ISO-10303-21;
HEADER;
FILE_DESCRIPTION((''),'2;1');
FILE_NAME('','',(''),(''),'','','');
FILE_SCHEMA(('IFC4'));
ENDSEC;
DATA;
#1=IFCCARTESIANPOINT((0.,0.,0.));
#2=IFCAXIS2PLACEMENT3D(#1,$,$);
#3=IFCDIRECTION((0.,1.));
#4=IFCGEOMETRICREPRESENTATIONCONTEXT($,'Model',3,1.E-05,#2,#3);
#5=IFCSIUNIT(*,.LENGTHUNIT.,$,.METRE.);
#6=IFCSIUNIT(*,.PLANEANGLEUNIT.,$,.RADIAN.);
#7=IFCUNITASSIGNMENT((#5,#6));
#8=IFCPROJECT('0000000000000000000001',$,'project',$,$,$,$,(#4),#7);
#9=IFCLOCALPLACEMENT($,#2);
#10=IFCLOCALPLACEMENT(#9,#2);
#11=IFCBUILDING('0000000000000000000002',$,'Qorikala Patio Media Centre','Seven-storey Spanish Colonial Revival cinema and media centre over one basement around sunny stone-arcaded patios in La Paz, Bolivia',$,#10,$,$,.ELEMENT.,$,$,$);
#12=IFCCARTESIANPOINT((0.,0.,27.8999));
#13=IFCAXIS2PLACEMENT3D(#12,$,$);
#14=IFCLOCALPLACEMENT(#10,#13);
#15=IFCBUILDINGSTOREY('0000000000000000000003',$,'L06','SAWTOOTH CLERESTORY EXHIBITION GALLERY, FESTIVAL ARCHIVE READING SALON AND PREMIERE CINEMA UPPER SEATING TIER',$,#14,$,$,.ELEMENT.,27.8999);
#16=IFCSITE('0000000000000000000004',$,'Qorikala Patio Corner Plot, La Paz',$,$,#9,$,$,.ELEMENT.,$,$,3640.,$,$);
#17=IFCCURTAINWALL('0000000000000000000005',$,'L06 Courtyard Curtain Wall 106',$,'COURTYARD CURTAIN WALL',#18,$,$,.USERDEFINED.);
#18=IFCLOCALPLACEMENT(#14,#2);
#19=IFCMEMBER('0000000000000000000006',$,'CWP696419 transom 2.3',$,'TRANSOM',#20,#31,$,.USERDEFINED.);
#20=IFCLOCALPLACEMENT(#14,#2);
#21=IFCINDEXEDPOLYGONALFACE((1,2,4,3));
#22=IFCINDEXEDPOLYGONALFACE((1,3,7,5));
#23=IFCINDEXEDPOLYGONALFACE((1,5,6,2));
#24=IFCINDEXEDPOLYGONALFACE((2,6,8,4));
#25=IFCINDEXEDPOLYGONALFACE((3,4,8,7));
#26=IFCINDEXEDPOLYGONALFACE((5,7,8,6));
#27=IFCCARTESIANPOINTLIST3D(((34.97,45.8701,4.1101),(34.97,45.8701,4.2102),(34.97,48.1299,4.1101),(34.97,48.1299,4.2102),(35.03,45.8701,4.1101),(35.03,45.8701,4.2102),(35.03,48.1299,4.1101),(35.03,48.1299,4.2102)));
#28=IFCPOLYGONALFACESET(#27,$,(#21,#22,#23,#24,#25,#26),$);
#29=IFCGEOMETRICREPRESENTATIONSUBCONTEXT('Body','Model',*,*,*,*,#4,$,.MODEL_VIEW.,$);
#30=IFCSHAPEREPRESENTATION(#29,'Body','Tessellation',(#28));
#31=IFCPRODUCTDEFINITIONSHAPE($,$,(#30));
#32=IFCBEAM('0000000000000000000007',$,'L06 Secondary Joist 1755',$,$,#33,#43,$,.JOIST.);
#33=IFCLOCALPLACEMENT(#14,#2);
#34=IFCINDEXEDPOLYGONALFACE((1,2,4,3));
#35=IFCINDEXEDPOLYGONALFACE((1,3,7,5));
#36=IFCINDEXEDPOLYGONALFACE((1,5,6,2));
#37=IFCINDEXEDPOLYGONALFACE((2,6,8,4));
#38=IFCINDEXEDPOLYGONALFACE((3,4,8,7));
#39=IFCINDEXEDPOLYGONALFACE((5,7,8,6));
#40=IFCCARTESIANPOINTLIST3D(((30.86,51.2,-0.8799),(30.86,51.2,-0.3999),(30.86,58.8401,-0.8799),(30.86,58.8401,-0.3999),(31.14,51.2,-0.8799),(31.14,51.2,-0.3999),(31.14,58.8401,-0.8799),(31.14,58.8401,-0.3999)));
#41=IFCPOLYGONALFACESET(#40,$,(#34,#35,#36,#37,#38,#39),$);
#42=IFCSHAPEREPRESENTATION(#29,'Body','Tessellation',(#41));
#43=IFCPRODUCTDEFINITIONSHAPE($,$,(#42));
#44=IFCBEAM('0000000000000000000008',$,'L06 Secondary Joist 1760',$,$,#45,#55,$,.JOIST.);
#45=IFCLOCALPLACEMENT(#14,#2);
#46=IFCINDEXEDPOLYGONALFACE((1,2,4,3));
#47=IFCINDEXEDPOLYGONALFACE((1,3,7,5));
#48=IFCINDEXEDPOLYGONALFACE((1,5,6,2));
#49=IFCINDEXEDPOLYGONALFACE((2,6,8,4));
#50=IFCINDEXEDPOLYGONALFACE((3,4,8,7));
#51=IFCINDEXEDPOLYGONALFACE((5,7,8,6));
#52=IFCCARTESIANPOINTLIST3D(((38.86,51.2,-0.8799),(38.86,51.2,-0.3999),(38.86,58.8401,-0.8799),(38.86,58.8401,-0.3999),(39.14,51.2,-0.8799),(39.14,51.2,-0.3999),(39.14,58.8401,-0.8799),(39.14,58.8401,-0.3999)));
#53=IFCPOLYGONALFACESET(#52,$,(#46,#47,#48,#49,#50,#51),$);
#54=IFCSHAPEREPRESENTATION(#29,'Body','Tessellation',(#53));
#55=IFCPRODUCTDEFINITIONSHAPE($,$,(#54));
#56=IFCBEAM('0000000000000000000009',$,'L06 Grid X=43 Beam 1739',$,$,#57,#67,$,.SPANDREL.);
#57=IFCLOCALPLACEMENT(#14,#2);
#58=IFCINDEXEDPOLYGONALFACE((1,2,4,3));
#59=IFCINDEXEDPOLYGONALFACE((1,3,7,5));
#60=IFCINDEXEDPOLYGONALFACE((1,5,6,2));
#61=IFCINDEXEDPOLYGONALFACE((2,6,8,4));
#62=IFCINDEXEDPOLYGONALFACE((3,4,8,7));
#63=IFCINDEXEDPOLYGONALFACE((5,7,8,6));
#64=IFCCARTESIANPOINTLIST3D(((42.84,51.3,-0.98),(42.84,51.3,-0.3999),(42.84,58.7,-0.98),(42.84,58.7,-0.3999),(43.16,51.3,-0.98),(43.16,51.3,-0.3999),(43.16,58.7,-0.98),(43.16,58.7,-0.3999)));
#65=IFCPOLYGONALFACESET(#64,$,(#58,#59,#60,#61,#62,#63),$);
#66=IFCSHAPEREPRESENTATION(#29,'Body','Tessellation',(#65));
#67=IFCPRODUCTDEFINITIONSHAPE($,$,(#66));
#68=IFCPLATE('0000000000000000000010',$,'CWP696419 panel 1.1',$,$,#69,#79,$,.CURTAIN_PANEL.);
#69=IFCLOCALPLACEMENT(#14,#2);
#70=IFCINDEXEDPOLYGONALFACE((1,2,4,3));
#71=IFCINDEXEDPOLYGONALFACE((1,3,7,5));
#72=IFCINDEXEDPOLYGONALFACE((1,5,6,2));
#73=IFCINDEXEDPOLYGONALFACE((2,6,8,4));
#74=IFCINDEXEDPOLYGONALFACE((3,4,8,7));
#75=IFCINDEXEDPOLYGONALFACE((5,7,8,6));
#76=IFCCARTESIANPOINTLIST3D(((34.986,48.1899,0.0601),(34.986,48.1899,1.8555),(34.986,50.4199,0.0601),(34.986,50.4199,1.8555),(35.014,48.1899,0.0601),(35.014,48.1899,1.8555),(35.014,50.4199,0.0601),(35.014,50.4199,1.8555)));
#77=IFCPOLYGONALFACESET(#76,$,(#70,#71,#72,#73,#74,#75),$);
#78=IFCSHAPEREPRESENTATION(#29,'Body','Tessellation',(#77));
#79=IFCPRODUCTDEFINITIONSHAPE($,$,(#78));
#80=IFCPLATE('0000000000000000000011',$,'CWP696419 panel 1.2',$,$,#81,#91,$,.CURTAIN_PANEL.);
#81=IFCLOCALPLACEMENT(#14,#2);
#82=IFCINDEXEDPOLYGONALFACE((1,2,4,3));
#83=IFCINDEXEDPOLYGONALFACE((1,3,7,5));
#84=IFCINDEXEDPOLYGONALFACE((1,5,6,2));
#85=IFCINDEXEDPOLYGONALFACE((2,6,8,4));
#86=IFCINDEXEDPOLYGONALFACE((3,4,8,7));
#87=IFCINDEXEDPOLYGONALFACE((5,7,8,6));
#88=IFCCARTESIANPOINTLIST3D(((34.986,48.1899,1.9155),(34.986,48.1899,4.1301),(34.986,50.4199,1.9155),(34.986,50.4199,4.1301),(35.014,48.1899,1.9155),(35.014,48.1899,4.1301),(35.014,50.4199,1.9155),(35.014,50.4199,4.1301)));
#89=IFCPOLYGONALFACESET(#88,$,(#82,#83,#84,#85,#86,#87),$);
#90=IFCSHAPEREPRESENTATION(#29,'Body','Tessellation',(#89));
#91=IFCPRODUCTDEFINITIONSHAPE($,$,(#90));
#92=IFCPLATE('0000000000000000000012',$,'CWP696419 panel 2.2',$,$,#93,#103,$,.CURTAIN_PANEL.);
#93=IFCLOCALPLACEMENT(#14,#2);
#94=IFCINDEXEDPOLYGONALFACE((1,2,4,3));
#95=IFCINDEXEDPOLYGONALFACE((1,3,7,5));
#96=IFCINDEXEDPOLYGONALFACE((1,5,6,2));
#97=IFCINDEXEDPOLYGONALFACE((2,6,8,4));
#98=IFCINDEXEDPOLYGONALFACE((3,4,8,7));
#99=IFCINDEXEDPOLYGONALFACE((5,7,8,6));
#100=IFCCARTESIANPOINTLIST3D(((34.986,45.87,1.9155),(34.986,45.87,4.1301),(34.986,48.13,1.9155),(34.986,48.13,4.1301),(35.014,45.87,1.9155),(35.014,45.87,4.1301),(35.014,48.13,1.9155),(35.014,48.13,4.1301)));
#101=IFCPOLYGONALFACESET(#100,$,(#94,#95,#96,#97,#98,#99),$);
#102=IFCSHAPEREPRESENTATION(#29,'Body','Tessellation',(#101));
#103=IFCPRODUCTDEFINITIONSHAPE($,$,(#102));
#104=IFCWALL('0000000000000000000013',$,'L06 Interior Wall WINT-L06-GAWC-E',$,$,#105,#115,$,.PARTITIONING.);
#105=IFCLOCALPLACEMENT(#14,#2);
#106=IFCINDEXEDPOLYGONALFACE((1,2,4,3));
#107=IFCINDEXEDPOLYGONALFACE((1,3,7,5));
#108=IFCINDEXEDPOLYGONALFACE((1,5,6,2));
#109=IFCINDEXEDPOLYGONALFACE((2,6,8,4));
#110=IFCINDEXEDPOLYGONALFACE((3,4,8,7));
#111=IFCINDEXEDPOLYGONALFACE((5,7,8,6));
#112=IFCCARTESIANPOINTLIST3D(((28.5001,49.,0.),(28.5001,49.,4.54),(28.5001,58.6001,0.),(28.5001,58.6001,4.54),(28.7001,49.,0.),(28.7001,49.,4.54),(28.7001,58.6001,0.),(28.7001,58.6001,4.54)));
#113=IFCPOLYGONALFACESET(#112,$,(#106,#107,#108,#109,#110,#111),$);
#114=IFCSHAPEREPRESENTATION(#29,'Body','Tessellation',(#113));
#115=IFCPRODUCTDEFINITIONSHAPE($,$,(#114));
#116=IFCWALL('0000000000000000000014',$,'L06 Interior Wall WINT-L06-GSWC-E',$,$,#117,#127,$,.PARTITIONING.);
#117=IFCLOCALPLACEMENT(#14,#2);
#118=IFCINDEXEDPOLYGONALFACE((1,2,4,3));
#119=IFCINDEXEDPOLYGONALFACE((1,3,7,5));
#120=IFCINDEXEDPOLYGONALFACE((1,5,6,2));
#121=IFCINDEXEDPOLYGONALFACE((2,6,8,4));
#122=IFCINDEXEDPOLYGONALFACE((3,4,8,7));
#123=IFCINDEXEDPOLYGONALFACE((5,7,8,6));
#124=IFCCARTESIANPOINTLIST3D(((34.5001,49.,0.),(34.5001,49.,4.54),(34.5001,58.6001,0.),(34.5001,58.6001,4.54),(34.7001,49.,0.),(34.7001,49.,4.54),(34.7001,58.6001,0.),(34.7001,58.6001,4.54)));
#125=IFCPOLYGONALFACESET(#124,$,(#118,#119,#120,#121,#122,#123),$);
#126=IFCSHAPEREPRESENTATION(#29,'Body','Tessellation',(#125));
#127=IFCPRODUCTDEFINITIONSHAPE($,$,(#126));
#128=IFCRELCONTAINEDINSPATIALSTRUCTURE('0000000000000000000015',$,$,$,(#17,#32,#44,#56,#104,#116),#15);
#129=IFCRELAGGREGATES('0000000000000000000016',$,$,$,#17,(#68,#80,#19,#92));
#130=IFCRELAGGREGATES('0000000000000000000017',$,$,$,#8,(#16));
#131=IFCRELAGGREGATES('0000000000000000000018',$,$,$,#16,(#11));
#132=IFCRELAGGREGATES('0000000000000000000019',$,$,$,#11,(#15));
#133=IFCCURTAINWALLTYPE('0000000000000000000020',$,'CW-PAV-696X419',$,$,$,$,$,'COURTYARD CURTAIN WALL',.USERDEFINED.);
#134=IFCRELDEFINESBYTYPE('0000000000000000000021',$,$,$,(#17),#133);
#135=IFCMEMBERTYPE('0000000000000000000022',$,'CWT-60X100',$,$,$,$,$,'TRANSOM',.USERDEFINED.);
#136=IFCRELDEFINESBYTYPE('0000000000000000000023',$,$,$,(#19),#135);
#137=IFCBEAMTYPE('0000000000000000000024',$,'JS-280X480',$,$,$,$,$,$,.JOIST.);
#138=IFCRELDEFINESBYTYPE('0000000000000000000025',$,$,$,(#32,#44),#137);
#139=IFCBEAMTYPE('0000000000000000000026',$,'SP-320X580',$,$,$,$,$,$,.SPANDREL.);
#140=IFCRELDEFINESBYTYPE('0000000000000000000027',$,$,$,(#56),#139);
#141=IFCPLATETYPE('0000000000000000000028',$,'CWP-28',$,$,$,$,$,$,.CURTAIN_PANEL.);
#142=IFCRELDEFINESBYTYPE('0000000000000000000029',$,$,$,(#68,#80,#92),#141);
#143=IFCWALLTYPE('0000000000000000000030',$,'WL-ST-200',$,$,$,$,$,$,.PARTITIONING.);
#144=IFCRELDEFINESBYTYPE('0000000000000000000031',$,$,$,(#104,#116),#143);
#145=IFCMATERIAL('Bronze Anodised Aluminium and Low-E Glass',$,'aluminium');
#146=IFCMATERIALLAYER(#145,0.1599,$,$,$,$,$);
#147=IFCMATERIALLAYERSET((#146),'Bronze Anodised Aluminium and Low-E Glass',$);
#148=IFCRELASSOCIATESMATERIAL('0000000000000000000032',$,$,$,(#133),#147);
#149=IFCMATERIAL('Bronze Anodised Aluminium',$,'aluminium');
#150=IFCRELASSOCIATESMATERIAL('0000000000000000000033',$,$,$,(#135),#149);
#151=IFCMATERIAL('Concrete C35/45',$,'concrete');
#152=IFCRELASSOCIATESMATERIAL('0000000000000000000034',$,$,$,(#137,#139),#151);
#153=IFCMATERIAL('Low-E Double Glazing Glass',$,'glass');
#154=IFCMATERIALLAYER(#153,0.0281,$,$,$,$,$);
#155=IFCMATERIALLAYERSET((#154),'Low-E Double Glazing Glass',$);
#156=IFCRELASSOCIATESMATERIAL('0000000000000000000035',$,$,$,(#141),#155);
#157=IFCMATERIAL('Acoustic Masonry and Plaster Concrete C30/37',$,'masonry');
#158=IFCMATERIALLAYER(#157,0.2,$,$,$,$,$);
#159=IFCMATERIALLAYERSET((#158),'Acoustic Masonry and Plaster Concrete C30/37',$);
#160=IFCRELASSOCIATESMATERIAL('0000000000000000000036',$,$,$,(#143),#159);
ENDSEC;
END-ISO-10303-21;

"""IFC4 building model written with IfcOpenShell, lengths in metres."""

from ifc_helpers import new_model, si_unit, direction, frame, frame_2d, origin, origin_2d, place, context, subcontext, project, spatial, rectangle, extrude, material, layer, layer_set, material_profile, profile_set, type_object, element, aggregate, save


model = new_model("IFC4")

# Units and contexts
model_context = context("Model", 3, precision=1e-05, world=origin(), true_north=direction((0.0, 1.0)))
body_context = subcontext(model_context, "Body", "Model", "MODEL_VIEW")
ifc_project = project(units=[si_unit("LENGTHUNIT", "METRE"), si_unit("PLANEANGLEUNIT", "RADIAN")], contexts=[model_context])

# Site, building, storey
site_placement = place(None, origin())
site = spatial("IfcSite", under=ifc_project, at=site_placement, Name="Qorikala Patio Corner Plot, La Paz", CompositionType="ELEMENT", RefElevation=3640.0)
building_placement = place(site_placement, origin())
building = spatial("IfcBuilding", under=site, at=building_placement, Name="Qorikala Patio Media Centre", Description="Seven-storey Spanish Colonial Revival cinema and media centre over one basement around sunny stone-arcaded patios in La Paz, Bolivia", CompositionType="ELEMENT")
storey_placement = place(building_placement, frame((0.0, 0.0, 27.8999)))
storey = spatial("IfcBuildingStorey", under=building, at=storey_placement, Name="L06", Description="SAWTOOTH CLERESTORY EXHIBITION GALLERY, FESTIVAL ARCHIVE READING SALON AND PREMIERE CINEMA UPPER SEATING TIER", CompositionType="ELEMENT", Elevation=27.8999)

# Shared definitions
ifc_material_1 = material(Name="Concrete C35/45", Category="concrete")

# Shared definitions
ifc_material_2 = material(Name="Bronze Anodised Aluminium and Low-E Glass", Category="aluminium")
ifc_layer_1 = layer(ifc_material_2, 0.1599)
ifc_layer_set_1 = layer_set([ifc_layer_1], Name="Bronze Anodised Aluminium and Low-E Glass")
curtain_wall_type = type_object("IfcCurtainWallType", Name="CW-PAV-696X419", ElementType="COURTYARD CURTAIN WALL", PredefinedType="USERDEFINED", material=ifc_layer_set_1)
ifc_material_3 = material(Name="Bronze Anodised Aluminium", Category="aluminium")

# Curtain wall, member
curtain_wall_1_placement = place(storey_placement, origin())
curtain_wall_1 = element("IfcCurtainWall", 1, at=curtain_wall_1_placement, inside=storey, type_object=curtain_wall_type, Name="L06 Courtyard Curtain Wall 106", ObjectType="COURTYARD CURTAIN WALL", PredefinedType="USERDEFINED")
ifc_material_profile_1 = material_profile(ifc_material_3, rectangle(XDim=0.0601, YDim=0.1001, at=origin_2d()), Name="ALU TRANSOM 60x100")
ifc_profile_set_1 = profile_set([ifc_material_profile_1], Name="Bronze Anodised Aluminium")
member_type_1 = type_object("IfcMemberType", Name="CWT-60X100", ElementType="TRANSOM", PredefinedType="USERDEFINED", material=ifc_profile_set_1)
member_1_placement = place(storey_placement, frame((35.0, 48.1299, 4.1602), z_axis=(0.0, -1.0, 0.0), x_axis=(1.0, 0.0, 0.0)))
member_1 = element("IfcMember", 2, at=member_1_placement, type_object=member_type_1, Name="CWP696419 transom 2.3", ObjectType="TRANSOM", PredefinedType="USERDEFINED", context=body_context, shape_type="SweptSolid", body=[
    extrude(rectangle(XDim=0.0601, YDim=0.1001, at=origin_2d()), origin(), (0.0, 0.0, 1.0), 2.2598),
])

# Beams
ifc_material_profile_2 = material_profile(ifc_material_1, rectangle(XDim=0.28, YDim=0.48, at=origin_2d()), Name="RC 280x480")
ifc_profile_set_2 = profile_set([ifc_material_profile_2], Name="Concrete C35/45")
beam_type_1 = type_object("IfcBeamType", Name="JS-280X480", PredefinedType="JOIST", material=ifc_profile_set_2)
for number, where, z_axis, x_axis, name in (
    (3, (31.0, 51.2, -0.6399), (0.0, 1.0, 0.0), (-1.0, 0.0, 0.0), "L06 Secondary Joist 1755"),
    (4, (39.0, 51.2, -0.6399), (0.0, 1.0, 0.0), (-1.0, 0.0, 0.0), "L06 Secondary Joist 1760"),
):
    element("IfcBeam", number, at=place(storey_placement, frame(where, z_axis=z_axis, x_axis=x_axis)), inside=storey, type_object=beam_type_1, Name=name, PredefinedType="JOIST", context=body_context, shape_type="SweptSolid", body=[
        extrude(rectangle(XDim=0.28, YDim=0.48, at=origin_2d()), origin(), (0.0, 0.0, 1.0), 7.6401),
    ])
ifc_material_profile_3 = material_profile(ifc_material_1, rectangle(XDim=0.3201, YDim=0.5801, at=origin_2d()), Name="RC 320x580")
ifc_profile_set_3 = profile_set([ifc_material_profile_3], Name="Concrete C35/45")
beam_type_2 = type_object("IfcBeamType", Name="SP-320X580", PredefinedType="SPANDREL", material=ifc_profile_set_3)
beam_placement = place(storey_placement, frame((43.0, 51.3, -0.6899), z_axis=(0.0, 1.0, 0.0), x_axis=(-1.0, 0.0, 0.0)))
element("IfcBeam", 5, at=beam_placement, inside=storey, type_object=beam_type_2, Name="L06 Grid X=43 Beam 1739", PredefinedType="SPANDREL", context=body_context, shape_type="SweptSolid", body=[
    extrude(rectangle(XDim=0.3201, YDim=0.5801, at=origin_2d()), origin(), (0.0, 0.0, 1.0), 7.3999),
])

# Plates
ifc_material_4 = material(Name="Low-E Double Glazing Glass", Category="glass")
ifc_layer_2 = layer(ifc_material_4, 0.0281)
ifc_layer_set_2 = layer_set([ifc_layer_2], Name="Low-E Double Glazing Glass")
plate_type = type_object("IfcPlateType", Name="CWP-28", PredefinedType="CURTAIN_PANEL", material=ifc_layer_set_2)
plate_1_placement = place(storey_placement, frame((35.0, 49.3049, 0.0601), z_axis=(0.0, 0.0, 1.0), x_axis=(0.0, -1.0, 0.0)))
plate_1 = element("IfcPlate", 6, at=plate_1_placement, type_object=plate_type, Name="CWP696419 panel 1.1", PredefinedType="CURTAIN_PANEL", context=body_context, shape_type="SweptSolid", body=[
    extrude(rectangle(XDim=2.23, YDim=0.0281, at=origin_2d()), origin(), (0.0, 0.0, 1.0), 1.7954),
])
plate_2_placement = place(storey_placement, frame((35.0, 49.3049, 1.9155), z_axis=(0.0, 0.0, 1.0), x_axis=(0.0, -1.0, 0.0)))
plate_2 = element("IfcPlate", 7, at=plate_2_placement, type_object=plate_type, Name="CWP696419 panel 1.2", PredefinedType="CURTAIN_PANEL", context=body_context, shape_type="SweptSolid", body=[
    extrude(rectangle(XDim=2.23, YDim=0.0281, at=origin_2d()), origin(), (0.0, 0.0, 1.0), 2.2146),
])
plate_3_placement = place(storey_placement, frame((35.0, 47.0, 1.9155), z_axis=(0.0, 0.0, 1.0), x_axis=(0.0, -1.0, 0.0)))
plate_3 = element("IfcPlate", 8, at=plate_3_placement, type_object=plate_type, Name="CWP696419 panel 2.2", PredefinedType="CURTAIN_PANEL", context=body_context, shape_type="SweptSolid", body=[
    extrude(rectangle(XDim=2.26, YDim=0.0281, at=origin_2d()), origin(), (0.0, 0.0, 1.0), 2.2146),
])
aggregate(curtain_wall_1, [plate_1, plate_2, member_1, plate_3])

# Walls
ifc_material_5 = material(Name="Acoustic Masonry and Plaster Concrete C30/37", Category="masonry")
ifc_layer_3 = layer(ifc_material_5, 0.2)
ifc_layer_set_3 = layer_set([ifc_layer_3], Name="Acoustic Masonry and Plaster Concrete C30/37")
wall_type = type_object("IfcWallType", Name="WL-ST-200", PredefinedType="PARTITIONING", material=ifc_layer_set_3)
for number, where, z_axis, x_axis, name in (
    (9, (28.6001, 49.0, 0.0), (0.0, 0.0, 1.0), (0.0, 1.0, 0.0), "L06 Interior Wall WINT-L06-GAWC-E"),
    (10, (34.6001, 49.0, 0.0), (0.0, 0.0, 1.0), (0.0, 1.0, 0.0), "L06 Interior Wall WINT-L06-GSWC-E"),
):
    element("IfcWall", number, at=place(storey_placement, frame(where, z_axis=z_axis, x_axis=x_axis)), inside=storey, type_object=wall_type, Name=name, PredefinedType="PARTITIONING", context=body_context, shape_type="SweptSolid", body=[
        extrude(rectangle(XDim=9.6001, YDim=0.2, at=frame_2d((4.8, 0.0))), origin(), (0.0, 0.0, 1.0), 4.54),
    ])

save(model, "model.ifc")
